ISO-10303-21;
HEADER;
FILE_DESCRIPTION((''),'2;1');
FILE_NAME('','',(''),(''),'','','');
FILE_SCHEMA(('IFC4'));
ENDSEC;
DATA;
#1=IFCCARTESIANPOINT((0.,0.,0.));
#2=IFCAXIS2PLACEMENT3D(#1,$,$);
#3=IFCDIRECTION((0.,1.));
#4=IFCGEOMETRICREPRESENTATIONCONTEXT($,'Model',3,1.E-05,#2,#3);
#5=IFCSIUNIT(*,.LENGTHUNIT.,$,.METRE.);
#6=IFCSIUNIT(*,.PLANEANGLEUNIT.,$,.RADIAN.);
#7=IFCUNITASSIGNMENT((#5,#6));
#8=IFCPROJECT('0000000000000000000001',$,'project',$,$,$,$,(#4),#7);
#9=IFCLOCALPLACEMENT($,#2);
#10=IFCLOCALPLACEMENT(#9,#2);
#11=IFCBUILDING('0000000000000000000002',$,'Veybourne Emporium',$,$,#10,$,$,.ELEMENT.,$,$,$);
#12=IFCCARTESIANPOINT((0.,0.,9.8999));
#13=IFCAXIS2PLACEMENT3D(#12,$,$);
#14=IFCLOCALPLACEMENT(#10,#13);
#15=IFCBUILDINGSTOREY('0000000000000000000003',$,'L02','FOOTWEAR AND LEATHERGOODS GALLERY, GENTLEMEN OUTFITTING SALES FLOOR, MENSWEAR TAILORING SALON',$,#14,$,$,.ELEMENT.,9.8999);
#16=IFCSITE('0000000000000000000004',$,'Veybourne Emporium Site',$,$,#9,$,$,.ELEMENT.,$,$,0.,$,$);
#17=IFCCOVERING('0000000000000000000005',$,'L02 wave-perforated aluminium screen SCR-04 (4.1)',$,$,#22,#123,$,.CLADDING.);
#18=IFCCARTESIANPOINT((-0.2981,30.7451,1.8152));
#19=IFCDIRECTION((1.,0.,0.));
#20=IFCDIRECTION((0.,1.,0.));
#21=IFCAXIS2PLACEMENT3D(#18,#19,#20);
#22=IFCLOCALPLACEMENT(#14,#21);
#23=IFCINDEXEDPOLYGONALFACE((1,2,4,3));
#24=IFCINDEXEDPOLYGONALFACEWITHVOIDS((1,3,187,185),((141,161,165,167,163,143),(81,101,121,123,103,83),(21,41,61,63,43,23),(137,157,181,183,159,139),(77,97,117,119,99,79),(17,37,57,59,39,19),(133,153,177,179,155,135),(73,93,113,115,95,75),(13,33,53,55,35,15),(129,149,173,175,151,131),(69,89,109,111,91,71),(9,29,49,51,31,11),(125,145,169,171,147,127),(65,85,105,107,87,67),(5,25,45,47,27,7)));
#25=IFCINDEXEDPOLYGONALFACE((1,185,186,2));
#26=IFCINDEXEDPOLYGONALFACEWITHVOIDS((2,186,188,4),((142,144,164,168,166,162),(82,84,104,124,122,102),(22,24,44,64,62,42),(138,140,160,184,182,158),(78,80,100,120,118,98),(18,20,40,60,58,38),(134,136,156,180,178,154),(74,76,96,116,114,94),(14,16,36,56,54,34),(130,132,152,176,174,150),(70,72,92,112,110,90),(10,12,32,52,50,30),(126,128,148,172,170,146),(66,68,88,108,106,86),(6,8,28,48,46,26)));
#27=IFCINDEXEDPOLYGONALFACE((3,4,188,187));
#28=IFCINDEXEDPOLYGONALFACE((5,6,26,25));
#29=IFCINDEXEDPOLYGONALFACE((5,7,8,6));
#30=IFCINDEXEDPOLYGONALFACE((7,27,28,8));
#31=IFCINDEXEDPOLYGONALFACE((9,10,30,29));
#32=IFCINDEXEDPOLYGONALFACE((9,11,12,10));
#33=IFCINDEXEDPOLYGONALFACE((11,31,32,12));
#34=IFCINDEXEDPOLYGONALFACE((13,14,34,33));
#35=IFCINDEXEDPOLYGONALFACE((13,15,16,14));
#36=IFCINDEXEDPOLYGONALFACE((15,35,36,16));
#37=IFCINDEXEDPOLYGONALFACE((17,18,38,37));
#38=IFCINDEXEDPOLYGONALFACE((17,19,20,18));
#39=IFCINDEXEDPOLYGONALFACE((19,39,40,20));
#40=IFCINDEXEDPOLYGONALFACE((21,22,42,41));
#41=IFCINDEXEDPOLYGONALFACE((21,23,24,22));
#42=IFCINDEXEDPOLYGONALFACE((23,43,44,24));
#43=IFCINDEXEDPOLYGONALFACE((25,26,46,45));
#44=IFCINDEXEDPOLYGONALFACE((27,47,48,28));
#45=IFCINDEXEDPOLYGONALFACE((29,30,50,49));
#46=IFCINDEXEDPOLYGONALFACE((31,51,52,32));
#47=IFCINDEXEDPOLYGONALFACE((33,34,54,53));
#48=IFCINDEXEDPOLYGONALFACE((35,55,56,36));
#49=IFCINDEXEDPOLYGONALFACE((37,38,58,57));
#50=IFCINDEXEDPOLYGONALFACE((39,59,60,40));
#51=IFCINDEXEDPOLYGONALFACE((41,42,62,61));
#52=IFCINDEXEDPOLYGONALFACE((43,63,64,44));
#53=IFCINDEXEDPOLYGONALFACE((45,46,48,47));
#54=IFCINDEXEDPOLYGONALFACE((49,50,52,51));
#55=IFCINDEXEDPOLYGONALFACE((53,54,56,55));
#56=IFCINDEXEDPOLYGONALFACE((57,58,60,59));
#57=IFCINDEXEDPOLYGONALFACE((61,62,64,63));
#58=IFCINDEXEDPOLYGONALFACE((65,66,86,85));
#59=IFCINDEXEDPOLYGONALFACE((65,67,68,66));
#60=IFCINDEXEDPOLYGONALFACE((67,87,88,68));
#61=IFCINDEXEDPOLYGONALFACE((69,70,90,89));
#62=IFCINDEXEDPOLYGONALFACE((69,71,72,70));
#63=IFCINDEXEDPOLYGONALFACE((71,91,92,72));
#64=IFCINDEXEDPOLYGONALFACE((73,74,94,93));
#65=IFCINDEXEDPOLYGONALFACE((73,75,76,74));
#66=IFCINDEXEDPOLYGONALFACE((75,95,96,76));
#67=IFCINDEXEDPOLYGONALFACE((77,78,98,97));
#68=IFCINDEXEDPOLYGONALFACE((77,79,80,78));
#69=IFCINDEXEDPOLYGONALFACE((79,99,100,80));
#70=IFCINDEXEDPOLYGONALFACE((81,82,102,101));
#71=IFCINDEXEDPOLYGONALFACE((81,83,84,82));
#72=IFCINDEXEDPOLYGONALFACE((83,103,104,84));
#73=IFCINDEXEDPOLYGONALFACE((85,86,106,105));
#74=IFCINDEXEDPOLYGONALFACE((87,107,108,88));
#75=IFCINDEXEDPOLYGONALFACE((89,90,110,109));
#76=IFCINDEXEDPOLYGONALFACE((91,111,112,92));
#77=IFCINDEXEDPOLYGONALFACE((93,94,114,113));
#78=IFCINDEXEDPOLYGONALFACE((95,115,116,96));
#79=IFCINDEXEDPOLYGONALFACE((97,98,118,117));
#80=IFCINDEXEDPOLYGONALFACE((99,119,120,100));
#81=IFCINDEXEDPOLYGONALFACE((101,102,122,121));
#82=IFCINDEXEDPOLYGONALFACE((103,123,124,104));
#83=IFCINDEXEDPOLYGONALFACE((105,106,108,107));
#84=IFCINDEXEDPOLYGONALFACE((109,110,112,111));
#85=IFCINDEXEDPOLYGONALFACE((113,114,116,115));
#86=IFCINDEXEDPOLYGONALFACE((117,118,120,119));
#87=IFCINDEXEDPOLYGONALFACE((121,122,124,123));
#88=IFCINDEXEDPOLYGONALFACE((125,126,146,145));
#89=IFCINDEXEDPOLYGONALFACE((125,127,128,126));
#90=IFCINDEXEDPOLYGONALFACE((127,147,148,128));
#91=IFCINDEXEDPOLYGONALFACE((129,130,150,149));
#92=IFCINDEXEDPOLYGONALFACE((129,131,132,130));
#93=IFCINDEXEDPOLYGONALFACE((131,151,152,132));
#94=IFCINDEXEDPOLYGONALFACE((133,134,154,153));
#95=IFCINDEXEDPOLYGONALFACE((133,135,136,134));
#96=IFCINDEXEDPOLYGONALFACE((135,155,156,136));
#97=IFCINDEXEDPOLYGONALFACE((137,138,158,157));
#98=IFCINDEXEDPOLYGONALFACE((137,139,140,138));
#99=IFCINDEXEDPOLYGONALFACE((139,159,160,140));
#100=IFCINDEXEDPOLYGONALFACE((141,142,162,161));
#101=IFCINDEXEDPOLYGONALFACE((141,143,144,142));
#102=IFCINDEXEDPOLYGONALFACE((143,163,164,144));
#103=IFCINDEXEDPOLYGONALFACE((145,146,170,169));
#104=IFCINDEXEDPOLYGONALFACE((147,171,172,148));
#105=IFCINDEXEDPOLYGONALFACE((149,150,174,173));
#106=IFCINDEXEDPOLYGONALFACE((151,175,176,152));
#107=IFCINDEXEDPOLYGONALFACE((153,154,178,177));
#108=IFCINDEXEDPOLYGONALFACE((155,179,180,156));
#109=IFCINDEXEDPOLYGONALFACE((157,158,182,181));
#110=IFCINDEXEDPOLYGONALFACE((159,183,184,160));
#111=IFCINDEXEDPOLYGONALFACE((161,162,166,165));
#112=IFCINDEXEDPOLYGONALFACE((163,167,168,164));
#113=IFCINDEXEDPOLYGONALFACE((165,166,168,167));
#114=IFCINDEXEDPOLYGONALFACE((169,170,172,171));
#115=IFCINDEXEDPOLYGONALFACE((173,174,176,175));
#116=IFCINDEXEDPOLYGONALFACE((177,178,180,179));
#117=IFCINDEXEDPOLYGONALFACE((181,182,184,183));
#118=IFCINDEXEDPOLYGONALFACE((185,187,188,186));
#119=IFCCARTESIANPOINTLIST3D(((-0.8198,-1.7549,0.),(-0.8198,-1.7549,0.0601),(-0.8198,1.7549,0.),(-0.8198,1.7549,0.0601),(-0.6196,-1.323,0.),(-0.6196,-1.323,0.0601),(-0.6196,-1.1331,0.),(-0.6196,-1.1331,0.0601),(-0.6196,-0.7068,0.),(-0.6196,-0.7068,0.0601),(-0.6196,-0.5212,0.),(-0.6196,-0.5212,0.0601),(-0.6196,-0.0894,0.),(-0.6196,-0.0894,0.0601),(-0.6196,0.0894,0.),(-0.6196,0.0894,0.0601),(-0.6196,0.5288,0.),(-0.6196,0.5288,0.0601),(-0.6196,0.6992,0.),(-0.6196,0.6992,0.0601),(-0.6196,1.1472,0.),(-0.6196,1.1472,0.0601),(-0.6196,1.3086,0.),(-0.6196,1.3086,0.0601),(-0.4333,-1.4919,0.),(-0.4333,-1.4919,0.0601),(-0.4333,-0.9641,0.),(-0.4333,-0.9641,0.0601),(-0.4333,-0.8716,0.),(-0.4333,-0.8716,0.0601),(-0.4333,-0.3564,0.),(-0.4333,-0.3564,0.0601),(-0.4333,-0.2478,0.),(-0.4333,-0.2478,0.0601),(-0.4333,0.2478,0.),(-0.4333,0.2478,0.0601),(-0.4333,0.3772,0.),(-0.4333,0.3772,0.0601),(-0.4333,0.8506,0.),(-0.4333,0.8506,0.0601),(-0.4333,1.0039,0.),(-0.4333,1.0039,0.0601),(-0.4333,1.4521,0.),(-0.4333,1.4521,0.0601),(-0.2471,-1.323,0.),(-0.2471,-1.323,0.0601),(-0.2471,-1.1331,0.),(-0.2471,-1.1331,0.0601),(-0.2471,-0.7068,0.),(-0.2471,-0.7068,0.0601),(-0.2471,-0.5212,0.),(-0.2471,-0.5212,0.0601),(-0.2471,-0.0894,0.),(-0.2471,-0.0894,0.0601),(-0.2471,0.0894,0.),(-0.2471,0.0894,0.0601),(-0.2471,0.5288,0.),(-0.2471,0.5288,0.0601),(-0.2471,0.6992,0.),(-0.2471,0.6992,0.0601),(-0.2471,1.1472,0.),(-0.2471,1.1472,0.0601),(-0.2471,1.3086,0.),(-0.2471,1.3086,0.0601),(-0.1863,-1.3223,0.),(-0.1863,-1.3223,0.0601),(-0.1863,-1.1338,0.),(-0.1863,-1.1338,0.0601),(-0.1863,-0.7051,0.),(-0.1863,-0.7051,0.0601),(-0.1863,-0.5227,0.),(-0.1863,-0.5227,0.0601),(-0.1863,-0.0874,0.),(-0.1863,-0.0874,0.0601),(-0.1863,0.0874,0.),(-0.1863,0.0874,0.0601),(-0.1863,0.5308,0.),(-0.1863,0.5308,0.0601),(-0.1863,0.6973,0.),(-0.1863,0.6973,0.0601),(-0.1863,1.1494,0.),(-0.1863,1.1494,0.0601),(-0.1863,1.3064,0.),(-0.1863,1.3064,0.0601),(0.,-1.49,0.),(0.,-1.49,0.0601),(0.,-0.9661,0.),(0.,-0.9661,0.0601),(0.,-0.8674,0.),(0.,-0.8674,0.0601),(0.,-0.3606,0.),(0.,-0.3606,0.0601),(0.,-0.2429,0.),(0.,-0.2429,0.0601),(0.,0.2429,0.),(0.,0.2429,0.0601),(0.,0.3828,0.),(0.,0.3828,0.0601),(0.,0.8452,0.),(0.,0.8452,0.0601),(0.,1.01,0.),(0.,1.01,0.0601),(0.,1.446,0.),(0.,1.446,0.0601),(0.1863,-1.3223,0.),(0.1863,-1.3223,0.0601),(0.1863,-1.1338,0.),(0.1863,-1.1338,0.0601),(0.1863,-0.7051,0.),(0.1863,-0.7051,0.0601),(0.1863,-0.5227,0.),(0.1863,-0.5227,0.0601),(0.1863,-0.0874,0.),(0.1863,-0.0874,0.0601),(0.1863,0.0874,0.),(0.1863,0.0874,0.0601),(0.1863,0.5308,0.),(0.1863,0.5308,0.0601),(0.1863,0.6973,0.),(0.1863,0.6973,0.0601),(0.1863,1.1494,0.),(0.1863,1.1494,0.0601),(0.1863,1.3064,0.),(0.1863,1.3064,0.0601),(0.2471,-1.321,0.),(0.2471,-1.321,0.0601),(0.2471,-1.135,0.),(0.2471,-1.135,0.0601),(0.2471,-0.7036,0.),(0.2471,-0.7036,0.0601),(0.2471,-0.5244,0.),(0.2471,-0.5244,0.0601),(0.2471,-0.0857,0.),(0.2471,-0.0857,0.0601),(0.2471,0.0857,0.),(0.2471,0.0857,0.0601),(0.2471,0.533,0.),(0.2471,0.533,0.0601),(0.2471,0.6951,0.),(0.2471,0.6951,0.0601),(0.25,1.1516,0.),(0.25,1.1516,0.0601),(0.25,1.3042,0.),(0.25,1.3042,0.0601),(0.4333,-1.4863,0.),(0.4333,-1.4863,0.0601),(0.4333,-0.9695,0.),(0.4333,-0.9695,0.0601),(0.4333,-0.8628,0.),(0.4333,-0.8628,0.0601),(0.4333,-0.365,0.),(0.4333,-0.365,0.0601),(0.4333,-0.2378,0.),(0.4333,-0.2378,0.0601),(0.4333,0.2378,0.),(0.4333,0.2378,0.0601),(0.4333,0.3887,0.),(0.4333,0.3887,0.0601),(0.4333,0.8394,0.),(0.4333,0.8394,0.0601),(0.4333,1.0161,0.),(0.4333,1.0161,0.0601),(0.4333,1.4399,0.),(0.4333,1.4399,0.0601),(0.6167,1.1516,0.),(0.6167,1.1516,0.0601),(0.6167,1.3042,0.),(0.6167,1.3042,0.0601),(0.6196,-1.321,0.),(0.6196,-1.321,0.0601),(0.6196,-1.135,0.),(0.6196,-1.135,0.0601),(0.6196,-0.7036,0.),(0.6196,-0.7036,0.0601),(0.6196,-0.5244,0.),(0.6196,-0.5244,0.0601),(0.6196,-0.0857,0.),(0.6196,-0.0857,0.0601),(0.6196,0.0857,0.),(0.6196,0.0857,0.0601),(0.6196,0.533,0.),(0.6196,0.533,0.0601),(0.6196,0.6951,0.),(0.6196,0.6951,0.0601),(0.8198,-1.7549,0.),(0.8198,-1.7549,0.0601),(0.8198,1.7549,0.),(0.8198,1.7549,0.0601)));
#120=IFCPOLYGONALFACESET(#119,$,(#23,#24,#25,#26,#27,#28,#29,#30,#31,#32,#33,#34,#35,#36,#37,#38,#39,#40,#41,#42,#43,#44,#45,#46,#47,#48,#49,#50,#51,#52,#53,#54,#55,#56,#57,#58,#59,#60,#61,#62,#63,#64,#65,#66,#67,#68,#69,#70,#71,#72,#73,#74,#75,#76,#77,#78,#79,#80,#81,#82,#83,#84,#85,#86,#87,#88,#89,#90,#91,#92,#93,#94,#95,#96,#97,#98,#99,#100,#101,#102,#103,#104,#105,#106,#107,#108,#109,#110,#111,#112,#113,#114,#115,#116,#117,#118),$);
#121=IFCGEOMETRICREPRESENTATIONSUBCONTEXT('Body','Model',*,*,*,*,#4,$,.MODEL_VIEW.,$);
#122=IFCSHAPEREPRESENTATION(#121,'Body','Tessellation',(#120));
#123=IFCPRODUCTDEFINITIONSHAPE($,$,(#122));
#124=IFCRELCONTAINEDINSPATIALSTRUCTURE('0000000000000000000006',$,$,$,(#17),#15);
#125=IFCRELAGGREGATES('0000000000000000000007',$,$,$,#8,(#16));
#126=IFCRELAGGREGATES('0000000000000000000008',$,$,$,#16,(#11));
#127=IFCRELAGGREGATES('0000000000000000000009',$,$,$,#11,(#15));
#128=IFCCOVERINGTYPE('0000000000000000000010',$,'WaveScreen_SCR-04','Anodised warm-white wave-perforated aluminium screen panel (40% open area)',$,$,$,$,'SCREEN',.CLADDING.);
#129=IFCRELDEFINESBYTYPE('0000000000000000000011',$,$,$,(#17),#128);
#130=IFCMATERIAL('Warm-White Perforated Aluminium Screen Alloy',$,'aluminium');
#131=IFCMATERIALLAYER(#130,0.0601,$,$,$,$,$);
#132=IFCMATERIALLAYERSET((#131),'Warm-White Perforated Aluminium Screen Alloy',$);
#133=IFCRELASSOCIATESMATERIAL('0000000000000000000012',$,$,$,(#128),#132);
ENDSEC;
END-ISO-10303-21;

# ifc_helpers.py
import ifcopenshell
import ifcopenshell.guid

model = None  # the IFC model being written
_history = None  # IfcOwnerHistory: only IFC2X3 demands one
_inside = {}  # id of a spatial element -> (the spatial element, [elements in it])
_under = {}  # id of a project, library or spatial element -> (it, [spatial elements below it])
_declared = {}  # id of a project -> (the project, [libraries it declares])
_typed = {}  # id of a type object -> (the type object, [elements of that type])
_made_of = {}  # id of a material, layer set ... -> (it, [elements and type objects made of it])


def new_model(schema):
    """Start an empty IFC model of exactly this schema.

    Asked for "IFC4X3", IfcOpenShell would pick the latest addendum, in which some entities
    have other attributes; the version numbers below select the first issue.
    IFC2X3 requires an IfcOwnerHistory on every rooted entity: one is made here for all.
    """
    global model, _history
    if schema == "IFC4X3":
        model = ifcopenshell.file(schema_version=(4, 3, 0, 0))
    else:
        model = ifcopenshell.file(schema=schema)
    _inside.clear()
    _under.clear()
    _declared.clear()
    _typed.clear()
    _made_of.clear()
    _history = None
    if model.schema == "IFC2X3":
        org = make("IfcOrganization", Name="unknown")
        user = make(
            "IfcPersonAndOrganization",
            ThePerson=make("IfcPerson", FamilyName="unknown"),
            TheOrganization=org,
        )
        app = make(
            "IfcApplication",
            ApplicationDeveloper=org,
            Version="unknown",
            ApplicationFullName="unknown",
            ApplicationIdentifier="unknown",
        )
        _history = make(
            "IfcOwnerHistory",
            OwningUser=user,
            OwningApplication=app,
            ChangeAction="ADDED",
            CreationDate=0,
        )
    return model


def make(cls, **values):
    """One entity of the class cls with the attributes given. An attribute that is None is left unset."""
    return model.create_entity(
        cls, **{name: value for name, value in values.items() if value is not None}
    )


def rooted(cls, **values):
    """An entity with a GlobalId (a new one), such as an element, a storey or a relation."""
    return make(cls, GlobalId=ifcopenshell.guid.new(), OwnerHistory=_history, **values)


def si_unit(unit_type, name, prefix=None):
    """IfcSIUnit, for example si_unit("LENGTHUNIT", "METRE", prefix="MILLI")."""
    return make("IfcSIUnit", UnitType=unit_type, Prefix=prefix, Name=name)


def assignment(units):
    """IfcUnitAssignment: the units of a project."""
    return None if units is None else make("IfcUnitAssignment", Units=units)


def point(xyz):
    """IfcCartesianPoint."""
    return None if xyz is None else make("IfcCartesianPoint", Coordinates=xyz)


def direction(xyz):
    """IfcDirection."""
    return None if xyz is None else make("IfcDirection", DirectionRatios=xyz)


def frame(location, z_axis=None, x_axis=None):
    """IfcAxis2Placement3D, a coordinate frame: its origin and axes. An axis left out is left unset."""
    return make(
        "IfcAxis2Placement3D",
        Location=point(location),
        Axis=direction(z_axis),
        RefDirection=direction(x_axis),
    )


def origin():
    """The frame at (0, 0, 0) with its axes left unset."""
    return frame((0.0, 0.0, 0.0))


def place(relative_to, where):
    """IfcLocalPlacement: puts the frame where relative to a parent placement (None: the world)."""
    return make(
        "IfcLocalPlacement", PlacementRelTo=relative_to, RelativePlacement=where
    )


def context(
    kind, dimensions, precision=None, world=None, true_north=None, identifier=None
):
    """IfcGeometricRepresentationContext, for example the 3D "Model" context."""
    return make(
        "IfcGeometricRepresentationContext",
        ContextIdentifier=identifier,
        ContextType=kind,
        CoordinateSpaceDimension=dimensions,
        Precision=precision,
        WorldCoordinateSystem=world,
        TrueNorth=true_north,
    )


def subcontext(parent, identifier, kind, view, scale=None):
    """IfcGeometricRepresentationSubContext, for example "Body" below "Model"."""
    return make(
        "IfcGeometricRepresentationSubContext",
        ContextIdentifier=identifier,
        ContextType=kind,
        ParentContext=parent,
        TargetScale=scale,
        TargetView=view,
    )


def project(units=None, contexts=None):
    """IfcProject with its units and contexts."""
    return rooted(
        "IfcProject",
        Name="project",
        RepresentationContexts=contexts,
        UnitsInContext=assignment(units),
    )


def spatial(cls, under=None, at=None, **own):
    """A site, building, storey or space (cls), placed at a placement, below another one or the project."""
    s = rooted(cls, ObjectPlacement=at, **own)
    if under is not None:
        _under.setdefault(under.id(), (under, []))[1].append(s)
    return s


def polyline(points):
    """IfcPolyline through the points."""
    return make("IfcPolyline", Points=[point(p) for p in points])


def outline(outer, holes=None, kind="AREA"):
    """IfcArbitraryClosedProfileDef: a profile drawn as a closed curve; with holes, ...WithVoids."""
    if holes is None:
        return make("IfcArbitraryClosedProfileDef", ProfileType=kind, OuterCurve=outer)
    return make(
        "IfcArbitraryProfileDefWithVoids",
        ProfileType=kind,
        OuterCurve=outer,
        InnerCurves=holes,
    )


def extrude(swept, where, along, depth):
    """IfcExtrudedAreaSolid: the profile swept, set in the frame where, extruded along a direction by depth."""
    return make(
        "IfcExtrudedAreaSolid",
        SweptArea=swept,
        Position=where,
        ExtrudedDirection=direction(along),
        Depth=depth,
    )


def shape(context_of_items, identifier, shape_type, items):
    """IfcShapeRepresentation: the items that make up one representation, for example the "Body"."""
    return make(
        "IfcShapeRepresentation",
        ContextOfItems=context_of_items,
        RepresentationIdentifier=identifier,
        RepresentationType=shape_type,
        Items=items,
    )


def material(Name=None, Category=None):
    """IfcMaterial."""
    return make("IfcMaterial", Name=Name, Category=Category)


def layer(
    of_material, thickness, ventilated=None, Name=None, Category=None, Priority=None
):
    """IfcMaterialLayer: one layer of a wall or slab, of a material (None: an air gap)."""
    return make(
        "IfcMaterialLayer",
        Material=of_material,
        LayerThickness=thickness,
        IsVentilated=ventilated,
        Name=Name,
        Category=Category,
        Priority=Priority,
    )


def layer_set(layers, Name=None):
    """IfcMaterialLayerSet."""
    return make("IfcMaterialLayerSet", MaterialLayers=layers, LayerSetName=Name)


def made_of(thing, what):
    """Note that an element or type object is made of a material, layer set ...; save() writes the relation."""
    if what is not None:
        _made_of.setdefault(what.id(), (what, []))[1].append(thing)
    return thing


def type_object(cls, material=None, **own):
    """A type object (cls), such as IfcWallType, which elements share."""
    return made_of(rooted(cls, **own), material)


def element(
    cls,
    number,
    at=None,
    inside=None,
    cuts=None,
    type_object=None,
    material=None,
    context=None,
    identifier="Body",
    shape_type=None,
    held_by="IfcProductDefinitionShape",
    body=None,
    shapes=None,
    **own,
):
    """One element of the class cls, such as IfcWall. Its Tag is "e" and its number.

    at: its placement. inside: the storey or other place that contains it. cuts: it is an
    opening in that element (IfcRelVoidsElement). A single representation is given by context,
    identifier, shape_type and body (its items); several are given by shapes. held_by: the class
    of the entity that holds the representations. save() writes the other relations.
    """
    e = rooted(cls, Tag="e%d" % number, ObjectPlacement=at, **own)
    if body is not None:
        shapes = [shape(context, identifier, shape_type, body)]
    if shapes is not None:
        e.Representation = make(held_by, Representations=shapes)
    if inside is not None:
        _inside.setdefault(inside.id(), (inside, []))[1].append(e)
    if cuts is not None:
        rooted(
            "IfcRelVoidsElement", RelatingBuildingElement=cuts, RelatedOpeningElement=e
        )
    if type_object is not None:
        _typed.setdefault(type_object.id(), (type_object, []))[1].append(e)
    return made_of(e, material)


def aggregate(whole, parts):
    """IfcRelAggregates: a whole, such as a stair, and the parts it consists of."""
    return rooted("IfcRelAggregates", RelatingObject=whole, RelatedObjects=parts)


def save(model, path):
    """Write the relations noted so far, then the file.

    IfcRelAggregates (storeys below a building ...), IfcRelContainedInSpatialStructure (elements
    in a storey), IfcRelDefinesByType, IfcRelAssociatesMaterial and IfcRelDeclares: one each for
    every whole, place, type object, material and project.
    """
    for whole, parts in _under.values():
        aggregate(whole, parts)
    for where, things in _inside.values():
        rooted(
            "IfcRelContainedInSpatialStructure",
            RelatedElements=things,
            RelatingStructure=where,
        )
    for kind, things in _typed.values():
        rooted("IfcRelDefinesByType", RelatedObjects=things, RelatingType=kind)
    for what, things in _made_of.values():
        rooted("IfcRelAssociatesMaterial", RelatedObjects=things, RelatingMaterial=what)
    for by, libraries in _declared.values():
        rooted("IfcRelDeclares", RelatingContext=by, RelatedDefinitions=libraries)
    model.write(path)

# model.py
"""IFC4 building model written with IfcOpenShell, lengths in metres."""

from ifc_helpers import new_model, si_unit, direction, frame, origin, place, context, subcontext, project, spatial, polyline, outline, extrude, material, layer, layer_set, type_object, element, save


model = new_model("IFC4")

# Units and contexts
model_context = context("Model", 3, precision=1e-05, world=origin(), true_north=direction((0.0, 1.0)))
body_context = subcontext(model_context, "Body", "Model", "MODEL_VIEW")
ifc_project = project(units=[si_unit("LENGTHUNIT", "METRE"), si_unit("PLANEANGLEUNIT", "RADIAN")], contexts=[model_context])

# Site, building, storey
site_placement = place(None, origin())
site = spatial("IfcSite", under=ifc_project, at=site_placement, Name="Veybourne Emporium Site", CompositionType="ELEMENT", RefElevation=0.0)
building_placement = place(site_placement, origin())
building = spatial("IfcBuilding", under=site, at=building_placement, Name="Veybourne Emporium", CompositionType="ELEMENT")
storey_placement = place(building_placement, frame((0.0, 0.0, 9.8999)))
storey = spatial("IfcBuildingStorey", under=building, at=storey_placement, Name="L02", Description="FOOTWEAR AND LEATHERGOODS GALLERY, GENTLEMEN OUTFITTING SALES FLOOR, MENSWEAR TAILORING SALON", CompositionType="ELEMENT", Elevation=9.8999)

# Covering
ifc_material_1 = material(Name="Warm-White Perforated Aluminium Screen Alloy", Category="aluminium")
ifc_layer_1 = layer(ifc_material_1, 0.0601)
ifc_layer_set_1 = layer_set([ifc_layer_1], Name="Warm-White Perforated Aluminium Screen Alloy")
covering_type_1 = type_object("IfcCoveringType", Name="WaveScreen_SCR-04", Description="Anodised warm-white wave-perforated aluminium screen panel (40% open area)", ElementType="SCREEN", PredefinedType="CLADDING", material=ifc_layer_set_1)
covering_1_placement = place(storey_placement, frame((-0.2981, 30.7451, 1.8152), z_axis=(1.0, 0.0, 0.0), x_axis=(0.0, 1.0, 0.0)))
element("IfcCovering", 1, at=covering_1_placement, inside=storey, type_object=covering_type_1, Name="L02 wave-perforated aluminium screen SCR-04 (4.1)", PredefinedType="CLADDING", context=body_context, shape_type="SweptSolid", body=[
    extrude(outline(polyline([(-0.8198, -1.7549), (0.8198, -1.7549), (0.8198, 1.7549), (-0.8198, 1.7549), (-0.8198, -1.7549)]), holes=[polyline([(-0.4333, -0.9641), (-0.2471, -1.1331), (-0.2471, -1.323), (-0.4333, -1.4919), (-0.6196, -1.323), (-0.6196, -1.1331), (-0.4333, -0.9641)]), polyline([(-0.4333, -0.3564), (-0.2471, -0.5212), (-0.2471, -0.7068), (-0.4333, -0.8716), (-0.6196, -0.7068), (-0.6196, -0.5212), (-0.4333, -0.3564)]), polyline([(-0.4333, 0.2478), (-0.2471, 0.0894), (-0.2471, -0.0894), (-0.4333, -0.2478), (-0.6196, -0.0894), (-0.6196, 0.0894), (-0.4333, 0.2478)]), polyline([(-0.4333, 0.8506), (-0.2471, 0.6992), (-0.2471, 0.5288), (-0.4333, 0.3772), (-0.6196, 0.5288), (-0.6196, 0.6992), (-0.4333, 0.8506)]), polyline([(-0.4333, 1.4521), (-0.2471, 1.3086), (-0.2471, 1.1472), (-0.4333, 1.0039), (-0.6196, 1.1472), (-0.6196, 1.3086), (-0.4333, 1.4521)]), polyline([(0.0, -0.9661), (0.1863, -1.1338), (0.1863, -1.3223), (0.0, -1.49), (-0.1863, -1.3223), (-0.1863, -1.1338), (0.0, -0.9661)]), polyline([(0.0, -0.3606), (0.1863, -0.5227), (0.1863, -0.7051), (0.0, -0.8674), (-0.1863, -0.7051), (-0.1863, -0.5227), (0.0, -0.3606)]), polyline([(0.0, 0.2429), (0.1863, 0.0874), (0.1863, -0.0874), (0.0, -0.2429), (-0.1863, -0.0874), (-0.1863, 0.0874), (0.0, 0.2429)]), polyline([(0.0, 0.8452), (0.1863, 0.6973), (0.1863, 0.5308), (0.0, 0.3828), (-0.1863, 0.5308), (-0.1863, 0.6973), (0.0, 0.8452)]), polyline([(0.0, 1.446), (0.1863, 1.3064), (0.1863, 1.1494), (0.0, 1.01), (-0.1863, 1.1494), (-0.1863, 1.3064), (0.0, 1.446)]), polyline([(0.4333, -0.9695), (0.6196, -1.135), (0.6196, -1.321), (0.4333, -1.4863), (0.2471, -1.321), (0.2471, -1.135), (0.4333, -0.9695)]), polyline([(0.4333, -0.365), (0.6196, -0.5244), (0.6196, -0.7036), (0.4333, -0.8628), (0.2471, -0.7036), (0.2471, -0.5244), (0.4333, -0.365)]), polyline([(0.4333, 0.2378), (0.6196, 0.0857), (0.6196, -0.0857), (0.4333, -0.2378), (0.2471, -0.0857), (0.2471, 0.0857), (0.4333, 0.2378)]), polyline([(0.4333, 0.8394), (0.6196, 0.6951), (0.6196, 0.533), (0.4333, 0.3887), (0.2471, 0.533), (0.2471, 0.6951), (0.4333, 0.8394)]), polyline([(0.4333, 1.4399), (0.6167, 1.3042), (0.6167, 1.1516), (0.4333, 1.0161), (0.25, 1.1516), (0.25, 1.3042), (0.4333, 1.4399)])]), origin(), (0.0, 0.0, 1.0), 0.0601),
])

save(model, "model.ifc")
